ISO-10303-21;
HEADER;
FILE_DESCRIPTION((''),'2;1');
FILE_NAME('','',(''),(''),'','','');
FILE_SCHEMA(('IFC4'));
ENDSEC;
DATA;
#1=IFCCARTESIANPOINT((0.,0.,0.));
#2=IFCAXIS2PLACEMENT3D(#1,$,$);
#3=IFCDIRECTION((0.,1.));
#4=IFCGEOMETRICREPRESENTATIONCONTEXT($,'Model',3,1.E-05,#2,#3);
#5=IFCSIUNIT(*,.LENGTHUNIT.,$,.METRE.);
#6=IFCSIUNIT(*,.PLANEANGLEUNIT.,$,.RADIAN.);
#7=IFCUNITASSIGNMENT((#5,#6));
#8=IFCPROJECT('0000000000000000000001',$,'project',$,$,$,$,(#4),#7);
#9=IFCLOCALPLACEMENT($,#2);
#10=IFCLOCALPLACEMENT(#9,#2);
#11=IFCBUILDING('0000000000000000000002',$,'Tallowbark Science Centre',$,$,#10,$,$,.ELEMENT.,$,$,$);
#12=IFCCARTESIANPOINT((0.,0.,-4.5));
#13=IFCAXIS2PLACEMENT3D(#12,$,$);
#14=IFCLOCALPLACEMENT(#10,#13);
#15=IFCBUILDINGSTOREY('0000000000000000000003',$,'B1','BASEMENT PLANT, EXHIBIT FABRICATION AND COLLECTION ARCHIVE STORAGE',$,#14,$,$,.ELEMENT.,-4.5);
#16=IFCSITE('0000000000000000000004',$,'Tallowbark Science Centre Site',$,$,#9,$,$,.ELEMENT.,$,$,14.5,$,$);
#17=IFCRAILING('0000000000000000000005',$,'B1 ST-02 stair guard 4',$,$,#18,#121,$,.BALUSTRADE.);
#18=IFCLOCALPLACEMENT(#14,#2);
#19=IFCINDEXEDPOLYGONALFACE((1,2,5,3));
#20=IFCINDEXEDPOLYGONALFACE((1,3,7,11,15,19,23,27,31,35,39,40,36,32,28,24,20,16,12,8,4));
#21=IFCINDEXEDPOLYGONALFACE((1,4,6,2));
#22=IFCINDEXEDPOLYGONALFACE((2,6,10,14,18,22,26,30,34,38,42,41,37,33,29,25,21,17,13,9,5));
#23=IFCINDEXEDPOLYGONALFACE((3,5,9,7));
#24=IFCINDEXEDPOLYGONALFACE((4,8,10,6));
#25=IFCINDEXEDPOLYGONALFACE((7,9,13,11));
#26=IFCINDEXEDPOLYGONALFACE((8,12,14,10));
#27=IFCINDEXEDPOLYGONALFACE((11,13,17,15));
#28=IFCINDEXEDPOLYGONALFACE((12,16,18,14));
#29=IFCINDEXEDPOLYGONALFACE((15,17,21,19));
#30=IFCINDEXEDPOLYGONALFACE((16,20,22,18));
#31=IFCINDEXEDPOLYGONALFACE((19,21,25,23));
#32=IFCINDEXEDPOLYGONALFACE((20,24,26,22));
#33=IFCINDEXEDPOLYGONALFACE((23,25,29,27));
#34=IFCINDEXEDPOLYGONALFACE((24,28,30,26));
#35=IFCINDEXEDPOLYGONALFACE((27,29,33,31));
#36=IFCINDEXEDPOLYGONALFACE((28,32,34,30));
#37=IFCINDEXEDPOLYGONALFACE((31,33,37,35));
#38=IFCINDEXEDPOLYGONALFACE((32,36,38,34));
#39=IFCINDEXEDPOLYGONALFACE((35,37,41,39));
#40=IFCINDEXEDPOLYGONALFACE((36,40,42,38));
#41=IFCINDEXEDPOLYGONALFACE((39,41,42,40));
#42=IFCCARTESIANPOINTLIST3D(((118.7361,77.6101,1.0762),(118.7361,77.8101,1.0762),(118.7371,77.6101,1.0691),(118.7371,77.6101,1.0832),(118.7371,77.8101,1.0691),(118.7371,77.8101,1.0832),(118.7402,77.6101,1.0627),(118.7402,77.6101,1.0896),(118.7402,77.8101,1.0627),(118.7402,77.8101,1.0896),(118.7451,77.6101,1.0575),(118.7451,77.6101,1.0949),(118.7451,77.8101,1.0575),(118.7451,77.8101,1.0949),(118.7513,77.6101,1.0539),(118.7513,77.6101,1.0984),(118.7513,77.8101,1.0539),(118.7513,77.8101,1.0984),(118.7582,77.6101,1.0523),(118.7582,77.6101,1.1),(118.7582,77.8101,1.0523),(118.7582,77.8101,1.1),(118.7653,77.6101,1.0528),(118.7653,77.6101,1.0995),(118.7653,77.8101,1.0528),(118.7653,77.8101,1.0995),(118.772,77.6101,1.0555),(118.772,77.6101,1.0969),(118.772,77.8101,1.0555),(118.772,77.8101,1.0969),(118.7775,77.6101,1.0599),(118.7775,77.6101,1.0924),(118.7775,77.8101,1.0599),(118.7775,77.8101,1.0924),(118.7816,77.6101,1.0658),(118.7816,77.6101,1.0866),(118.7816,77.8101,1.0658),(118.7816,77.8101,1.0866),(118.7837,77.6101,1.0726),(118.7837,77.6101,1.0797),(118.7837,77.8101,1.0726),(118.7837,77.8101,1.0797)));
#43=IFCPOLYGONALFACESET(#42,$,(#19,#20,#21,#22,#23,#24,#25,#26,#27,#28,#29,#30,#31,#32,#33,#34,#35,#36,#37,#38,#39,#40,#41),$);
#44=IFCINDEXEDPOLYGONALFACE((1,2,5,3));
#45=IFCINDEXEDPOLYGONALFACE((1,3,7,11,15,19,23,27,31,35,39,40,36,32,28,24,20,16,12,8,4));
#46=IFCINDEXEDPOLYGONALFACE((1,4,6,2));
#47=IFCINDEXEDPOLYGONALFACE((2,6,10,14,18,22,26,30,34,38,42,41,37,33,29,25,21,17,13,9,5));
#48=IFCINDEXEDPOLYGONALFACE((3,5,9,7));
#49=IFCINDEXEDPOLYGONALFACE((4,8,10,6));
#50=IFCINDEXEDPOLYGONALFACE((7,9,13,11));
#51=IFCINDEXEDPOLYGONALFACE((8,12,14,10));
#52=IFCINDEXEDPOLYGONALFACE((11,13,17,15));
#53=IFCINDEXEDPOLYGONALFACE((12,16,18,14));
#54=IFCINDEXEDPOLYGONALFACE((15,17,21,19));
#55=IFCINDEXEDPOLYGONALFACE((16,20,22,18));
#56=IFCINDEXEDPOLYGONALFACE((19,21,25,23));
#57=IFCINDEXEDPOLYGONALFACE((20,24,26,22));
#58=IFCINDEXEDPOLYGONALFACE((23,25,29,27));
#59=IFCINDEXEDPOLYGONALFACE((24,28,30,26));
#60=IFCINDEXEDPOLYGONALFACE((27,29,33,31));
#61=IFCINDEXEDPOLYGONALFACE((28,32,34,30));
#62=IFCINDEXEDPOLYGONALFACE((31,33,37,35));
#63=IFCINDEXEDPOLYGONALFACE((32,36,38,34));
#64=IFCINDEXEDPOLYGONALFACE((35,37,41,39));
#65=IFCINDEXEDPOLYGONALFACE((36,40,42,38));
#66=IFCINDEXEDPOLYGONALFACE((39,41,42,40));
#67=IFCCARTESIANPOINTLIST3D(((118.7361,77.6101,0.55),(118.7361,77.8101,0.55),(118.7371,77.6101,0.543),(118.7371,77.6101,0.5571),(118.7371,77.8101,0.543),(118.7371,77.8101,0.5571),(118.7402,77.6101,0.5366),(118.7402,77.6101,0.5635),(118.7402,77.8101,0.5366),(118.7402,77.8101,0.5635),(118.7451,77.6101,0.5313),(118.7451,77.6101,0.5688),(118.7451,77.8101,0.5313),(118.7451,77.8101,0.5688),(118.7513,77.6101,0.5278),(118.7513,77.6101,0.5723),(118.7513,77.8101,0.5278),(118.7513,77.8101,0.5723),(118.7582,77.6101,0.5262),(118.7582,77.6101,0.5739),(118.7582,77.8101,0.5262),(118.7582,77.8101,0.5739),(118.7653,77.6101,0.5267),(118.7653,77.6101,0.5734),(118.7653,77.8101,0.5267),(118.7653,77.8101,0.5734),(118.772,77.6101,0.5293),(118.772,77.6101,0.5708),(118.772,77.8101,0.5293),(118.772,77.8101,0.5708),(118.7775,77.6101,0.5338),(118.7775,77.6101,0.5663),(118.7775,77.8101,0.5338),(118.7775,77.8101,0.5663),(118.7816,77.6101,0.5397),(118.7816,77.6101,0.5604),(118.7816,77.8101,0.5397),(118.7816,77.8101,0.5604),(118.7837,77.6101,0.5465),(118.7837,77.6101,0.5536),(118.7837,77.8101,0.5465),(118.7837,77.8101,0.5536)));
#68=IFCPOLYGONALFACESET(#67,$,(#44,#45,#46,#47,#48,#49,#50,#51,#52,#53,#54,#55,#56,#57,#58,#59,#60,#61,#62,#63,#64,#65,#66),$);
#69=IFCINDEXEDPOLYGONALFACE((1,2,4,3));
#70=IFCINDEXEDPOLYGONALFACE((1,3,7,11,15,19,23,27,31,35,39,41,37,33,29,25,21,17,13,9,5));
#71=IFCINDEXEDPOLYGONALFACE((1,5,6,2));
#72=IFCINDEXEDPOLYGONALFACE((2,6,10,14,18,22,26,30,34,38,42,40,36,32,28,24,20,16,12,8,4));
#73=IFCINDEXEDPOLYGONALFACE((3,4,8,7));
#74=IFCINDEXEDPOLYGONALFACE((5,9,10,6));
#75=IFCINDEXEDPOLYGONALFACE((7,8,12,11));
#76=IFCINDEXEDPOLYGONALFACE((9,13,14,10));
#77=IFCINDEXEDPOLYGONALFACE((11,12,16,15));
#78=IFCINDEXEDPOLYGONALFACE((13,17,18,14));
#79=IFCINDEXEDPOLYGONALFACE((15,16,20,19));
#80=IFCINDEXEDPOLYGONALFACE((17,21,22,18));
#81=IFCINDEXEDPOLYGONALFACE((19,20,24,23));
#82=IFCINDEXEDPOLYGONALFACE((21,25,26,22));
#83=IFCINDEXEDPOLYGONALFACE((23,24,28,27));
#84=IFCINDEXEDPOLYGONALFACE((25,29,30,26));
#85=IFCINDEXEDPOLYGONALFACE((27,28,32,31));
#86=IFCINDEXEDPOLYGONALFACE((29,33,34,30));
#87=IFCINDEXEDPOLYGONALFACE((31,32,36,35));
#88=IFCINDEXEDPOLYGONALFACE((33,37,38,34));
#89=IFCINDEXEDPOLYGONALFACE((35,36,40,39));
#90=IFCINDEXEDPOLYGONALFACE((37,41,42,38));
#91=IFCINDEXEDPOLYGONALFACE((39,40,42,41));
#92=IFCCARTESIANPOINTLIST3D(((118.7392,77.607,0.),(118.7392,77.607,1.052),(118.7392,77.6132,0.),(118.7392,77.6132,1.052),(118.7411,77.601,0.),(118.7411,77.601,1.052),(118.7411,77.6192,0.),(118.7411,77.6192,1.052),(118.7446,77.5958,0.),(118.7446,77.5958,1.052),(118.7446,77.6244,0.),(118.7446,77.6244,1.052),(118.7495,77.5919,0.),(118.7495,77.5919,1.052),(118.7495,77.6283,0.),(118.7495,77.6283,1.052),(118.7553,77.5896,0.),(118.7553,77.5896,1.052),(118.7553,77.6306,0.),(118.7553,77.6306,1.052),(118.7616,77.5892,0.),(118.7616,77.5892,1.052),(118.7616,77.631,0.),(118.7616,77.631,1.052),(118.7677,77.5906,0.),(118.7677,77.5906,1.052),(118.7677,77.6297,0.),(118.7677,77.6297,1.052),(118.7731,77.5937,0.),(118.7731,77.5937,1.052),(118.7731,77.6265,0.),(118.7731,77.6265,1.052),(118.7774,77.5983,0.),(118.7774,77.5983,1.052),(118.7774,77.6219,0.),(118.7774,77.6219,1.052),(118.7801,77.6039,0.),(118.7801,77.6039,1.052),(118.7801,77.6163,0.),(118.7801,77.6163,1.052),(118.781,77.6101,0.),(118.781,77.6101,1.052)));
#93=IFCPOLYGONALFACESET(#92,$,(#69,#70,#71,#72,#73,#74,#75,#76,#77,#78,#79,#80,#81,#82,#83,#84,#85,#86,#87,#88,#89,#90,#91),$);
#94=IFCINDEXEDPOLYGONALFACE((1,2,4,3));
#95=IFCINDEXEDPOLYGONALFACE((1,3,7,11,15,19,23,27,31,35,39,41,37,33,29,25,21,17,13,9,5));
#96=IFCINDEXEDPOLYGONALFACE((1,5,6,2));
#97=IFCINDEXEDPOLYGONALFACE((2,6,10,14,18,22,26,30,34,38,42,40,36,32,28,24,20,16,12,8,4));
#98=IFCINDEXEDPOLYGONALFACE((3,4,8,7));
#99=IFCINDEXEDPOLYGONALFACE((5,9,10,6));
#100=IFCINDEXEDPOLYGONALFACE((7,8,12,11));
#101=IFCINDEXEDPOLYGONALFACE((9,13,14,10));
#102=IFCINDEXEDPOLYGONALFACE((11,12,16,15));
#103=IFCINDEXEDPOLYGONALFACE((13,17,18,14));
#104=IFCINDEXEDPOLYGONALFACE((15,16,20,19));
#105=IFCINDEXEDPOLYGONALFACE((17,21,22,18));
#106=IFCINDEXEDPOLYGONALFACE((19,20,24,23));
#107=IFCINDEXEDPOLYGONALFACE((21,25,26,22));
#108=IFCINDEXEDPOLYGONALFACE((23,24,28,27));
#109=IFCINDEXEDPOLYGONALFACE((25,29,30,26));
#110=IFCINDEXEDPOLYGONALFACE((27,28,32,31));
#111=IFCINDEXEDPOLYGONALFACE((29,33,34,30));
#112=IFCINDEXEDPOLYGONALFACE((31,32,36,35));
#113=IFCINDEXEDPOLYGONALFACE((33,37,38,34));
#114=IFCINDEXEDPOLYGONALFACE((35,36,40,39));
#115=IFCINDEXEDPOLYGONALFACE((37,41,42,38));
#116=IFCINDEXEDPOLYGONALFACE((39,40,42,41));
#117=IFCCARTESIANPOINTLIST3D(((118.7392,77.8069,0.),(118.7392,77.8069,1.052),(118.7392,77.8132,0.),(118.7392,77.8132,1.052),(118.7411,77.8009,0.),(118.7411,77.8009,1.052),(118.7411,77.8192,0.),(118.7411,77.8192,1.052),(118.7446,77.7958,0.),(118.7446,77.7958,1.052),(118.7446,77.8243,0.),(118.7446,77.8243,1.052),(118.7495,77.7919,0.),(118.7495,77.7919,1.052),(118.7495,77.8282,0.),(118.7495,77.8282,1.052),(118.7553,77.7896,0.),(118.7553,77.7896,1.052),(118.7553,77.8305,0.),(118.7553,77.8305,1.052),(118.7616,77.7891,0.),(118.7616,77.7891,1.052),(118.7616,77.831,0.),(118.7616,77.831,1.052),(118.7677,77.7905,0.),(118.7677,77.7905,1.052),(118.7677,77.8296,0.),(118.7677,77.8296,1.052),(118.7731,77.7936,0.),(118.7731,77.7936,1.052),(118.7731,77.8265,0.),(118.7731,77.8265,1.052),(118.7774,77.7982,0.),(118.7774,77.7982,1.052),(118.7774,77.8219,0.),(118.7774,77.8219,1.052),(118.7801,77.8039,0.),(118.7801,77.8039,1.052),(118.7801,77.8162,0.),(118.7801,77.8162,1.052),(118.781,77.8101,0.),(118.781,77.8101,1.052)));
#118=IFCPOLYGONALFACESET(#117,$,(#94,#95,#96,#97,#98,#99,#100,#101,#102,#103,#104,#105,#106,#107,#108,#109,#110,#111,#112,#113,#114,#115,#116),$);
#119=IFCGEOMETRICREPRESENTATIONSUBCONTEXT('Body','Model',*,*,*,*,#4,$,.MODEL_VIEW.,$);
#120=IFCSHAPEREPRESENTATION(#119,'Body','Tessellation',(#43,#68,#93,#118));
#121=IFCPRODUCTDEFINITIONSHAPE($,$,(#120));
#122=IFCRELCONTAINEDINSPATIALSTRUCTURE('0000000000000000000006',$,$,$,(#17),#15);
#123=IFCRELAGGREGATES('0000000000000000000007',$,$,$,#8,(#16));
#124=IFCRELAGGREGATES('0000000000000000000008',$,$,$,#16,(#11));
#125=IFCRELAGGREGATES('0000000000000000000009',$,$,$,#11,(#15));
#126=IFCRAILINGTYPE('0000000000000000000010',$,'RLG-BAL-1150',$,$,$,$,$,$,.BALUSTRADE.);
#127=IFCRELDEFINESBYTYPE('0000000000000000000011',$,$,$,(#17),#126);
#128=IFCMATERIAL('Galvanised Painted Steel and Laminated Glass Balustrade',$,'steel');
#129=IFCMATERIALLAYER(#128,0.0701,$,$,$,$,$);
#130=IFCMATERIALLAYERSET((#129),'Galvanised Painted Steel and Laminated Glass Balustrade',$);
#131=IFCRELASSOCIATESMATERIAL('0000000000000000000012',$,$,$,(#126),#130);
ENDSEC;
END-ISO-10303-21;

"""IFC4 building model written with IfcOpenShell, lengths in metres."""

from ifc_helpers import new_model, si_unit, direction, frame, origin, origin_2d, place, context, subcontext, project, spatial, circle, extrude, material, layer, layer_set, type_object, element, save


model = new_model("IFC4")

# Units and contexts
model_context = context("Model", 3, precision=1e-05, world=origin(), true_north=direction((0.0, 1.0)))
body_context = subcontext(model_context, "Body", "Model", "MODEL_VIEW")
ifc_project = project(units=[si_unit("LENGTHUNIT", "METRE"), si_unit("PLANEANGLEUNIT", "RADIAN")], contexts=[model_context])

# Site, building, storey
site_placement = place(None, origin())
site = spatial("IfcSite", under=ifc_project, at=site_placement, Name="Tallowbark Science Centre Site", CompositionType="ELEMENT", RefElevation=14.5)
building_placement = place(site_placement, origin())
building = spatial("IfcBuilding", under=site, at=building_placement, Name="Tallowbark Science Centre", CompositionType="ELEMENT")
storey_placement = place(building_placement, frame((0.0, 0.0, -4.5)))
storey = spatial("IfcBuildingStorey", under=building, at=storey_placement, Name="B1", Description="BASEMENT PLANT, EXHIBIT FABRICATION AND COLLECTION ARCHIVE STORAGE", CompositionType="ELEMENT", Elevation=-4.5)

# Railing
ifc_material_1 = material(Name="Galvanised Painted Steel and Laminated Glass Balustrade", Category="steel")
ifc_layer_1 = layer(ifc_material_1, 0.0701)
ifc_layer_set_1 = layer_set([ifc_layer_1], Name="Galvanised Painted Steel and Laminated Glass Balustrade")
railing_type_1 = type_object("IfcRailingType", Name="RLG-BAL-1150", PredefinedType="BALUSTRADE", material=ifc_layer_set_1)
railing_1_placement = place(storey_placement, frame((118.76, 77.6101, 0.0)))
element("IfcRailing", 1, at=railing_1_placement, inside=storey, type_object=railing_type_1, Name="B1 ST-02 stair guard 4", PredefinedType="BALUSTRADE", context=body_context, shape_type="SweptSolid", body=[
    extrude(circle(Radius=0.0239, at=origin_2d()), frame((0.0, 0.0, 1.0762), z_axis=(0.0, 1.0, 0.0), x_axis=(-1.0, 0.0, 0.0)), (0.0, 0.0, 1.0), 0.2),
    extrude(circle(Radius=0.0239, at=origin_2d()), frame((0.0, 0.0, 0.55), z_axis=(0.0, 1.0, 0.0), x_axis=(-1.0, 0.0, 0.0)), (0.0, 0.0, 1.0), 0.2),
    extrude(circle(Radius=0.021, at=origin_2d()), origin(), (0.0, 0.0, 1.0), 1.052),
    extrude(circle(Radius=0.021, at=origin_2d()), frame((0.0, 0.2, 0.0)), (0.0, 0.0, 1.0), 1.052),
])

save(model, "model.ifc")
